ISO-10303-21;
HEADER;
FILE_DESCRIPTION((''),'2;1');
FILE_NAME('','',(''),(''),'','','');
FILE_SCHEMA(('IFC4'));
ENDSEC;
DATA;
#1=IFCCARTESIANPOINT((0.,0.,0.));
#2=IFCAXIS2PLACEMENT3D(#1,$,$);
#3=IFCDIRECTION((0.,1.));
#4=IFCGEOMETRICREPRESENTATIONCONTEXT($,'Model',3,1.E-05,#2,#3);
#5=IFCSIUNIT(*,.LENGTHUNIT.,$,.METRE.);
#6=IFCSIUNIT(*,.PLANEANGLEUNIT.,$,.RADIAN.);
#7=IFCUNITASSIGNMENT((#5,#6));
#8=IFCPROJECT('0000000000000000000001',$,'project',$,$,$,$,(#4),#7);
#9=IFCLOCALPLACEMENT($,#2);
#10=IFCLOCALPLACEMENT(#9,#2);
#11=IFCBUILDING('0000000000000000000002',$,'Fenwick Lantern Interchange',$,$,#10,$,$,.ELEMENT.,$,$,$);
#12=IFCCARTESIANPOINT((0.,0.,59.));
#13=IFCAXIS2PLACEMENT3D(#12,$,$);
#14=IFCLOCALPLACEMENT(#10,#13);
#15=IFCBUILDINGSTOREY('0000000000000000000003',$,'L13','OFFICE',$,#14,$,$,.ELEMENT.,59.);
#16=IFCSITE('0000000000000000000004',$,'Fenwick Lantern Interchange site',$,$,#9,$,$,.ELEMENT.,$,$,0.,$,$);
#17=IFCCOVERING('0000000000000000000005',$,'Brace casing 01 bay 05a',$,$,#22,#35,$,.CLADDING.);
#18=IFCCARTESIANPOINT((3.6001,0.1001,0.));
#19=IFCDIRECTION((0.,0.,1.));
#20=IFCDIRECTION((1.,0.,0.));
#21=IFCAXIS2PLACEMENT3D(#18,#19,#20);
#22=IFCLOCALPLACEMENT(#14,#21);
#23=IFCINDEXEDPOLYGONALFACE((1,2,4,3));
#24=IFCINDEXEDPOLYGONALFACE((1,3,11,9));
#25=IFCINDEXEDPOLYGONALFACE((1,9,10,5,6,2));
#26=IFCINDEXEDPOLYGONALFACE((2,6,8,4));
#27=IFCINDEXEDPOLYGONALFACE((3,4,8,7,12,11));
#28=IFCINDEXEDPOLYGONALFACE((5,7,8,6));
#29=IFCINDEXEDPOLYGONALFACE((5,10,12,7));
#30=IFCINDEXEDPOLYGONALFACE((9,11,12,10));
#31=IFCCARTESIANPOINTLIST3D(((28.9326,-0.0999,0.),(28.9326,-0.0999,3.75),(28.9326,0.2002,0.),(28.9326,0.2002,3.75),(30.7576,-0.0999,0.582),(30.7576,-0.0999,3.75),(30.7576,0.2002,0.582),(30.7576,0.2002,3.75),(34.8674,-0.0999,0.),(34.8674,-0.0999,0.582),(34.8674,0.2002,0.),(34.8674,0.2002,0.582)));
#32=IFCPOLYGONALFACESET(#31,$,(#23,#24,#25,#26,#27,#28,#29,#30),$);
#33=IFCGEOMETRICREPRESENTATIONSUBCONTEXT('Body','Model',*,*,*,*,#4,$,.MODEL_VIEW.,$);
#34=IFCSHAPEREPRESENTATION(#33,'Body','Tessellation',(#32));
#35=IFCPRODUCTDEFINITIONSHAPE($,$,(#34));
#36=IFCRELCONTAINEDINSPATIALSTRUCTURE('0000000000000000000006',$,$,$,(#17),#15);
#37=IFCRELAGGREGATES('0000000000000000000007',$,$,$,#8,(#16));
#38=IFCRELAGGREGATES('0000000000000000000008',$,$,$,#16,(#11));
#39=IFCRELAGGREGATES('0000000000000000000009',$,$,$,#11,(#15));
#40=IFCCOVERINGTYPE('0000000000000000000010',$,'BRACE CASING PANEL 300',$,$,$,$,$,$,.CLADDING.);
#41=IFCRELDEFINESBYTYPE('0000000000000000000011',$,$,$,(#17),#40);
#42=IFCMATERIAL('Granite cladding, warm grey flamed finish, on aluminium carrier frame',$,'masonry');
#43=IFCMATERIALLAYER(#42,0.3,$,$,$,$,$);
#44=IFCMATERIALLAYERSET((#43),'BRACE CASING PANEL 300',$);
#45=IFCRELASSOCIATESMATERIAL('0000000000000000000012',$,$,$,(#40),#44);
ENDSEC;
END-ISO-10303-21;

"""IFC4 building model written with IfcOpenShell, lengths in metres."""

from ifc_helpers import new_model, si_unit, direction, frame, origin, place, context, subcontext, project, spatial, polyline, outline, extrude, material, layer, layer_set, type_object, element, save


model = new_model("IFC4")

# Units and contexts
model_context = context("Model", 3, precision=1e-05, world=origin(), true_north=direction((0.0, 1.0)))
body_context = subcontext(model_context, "Body", "Model", "MODEL_VIEW")
ifc_project = project(units=[si_unit("LENGTHUNIT", "METRE"), si_unit("PLANEANGLEUNIT", "RADIAN")], contexts=[model_context])

# Site, building, storey
site_placement = place(None, origin())
site = spatial("IfcSite", under=ifc_project, at=site_placement, Name="Fenwick Lantern Interchange site", CompositionType="ELEMENT", RefElevation=0.0)
building_placement = place(site_placement, origin())
building = spatial("IfcBuilding", under=site, at=building_placement, Name="Fenwick Lantern Interchange", CompositionType="ELEMENT")
storey_placement = place(building_placement, frame((0.0, 0.0, 59.0)))
storey = spatial("IfcBuildingStorey", under=building, at=storey_placement, Name="L13", Description="OFFICE", CompositionType="ELEMENT", Elevation=59.0)

# Covering
ifc_material_1 = material(Name="Granite cladding, warm grey flamed finish, on aluminium carrier frame", Category="masonry")
ifc_layer_1 = layer(ifc_material_1, 0.3)
ifc_layer_set_1 = layer_set([ifc_layer_1], Name="BRACE CASING PANEL 300")
covering_type_1 = type_object("IfcCoveringType", Name="BRACE CASING PANEL 300", PredefinedType="CLADDING", material=ifc_layer_set_1)
covering_1_placement = place(storey_placement, frame((3.6001, 0.1001, 0.0), z_axis=(0.0, 0.0, 1.0), x_axis=(1.0, 0.0, 0.0)))
element("IfcCovering", 1, at=covering_1_placement, inside=storey, type_object=covering_type_1, Name="Brace casing 01 bay 05a", PredefinedType="CLADDING", context=body_context, shape_type="SweptSolid", body=[
    extrude(outline(polyline([(28.9326, 0.0), (34.8674, 0.0), (34.8674, 0.582), (30.7576, 0.582), (30.7576, 3.75), (28.9326, 3.75), (28.9326, 0.0)])), frame((0.0, 0.2002, 0.0), z_axis=(0.0, -1.0, 0.0), x_axis=(1.0, 0.0, 0.0)), (0.0, 0.0, 1.0), 0.3),
])

save(model, "model.ifc")
